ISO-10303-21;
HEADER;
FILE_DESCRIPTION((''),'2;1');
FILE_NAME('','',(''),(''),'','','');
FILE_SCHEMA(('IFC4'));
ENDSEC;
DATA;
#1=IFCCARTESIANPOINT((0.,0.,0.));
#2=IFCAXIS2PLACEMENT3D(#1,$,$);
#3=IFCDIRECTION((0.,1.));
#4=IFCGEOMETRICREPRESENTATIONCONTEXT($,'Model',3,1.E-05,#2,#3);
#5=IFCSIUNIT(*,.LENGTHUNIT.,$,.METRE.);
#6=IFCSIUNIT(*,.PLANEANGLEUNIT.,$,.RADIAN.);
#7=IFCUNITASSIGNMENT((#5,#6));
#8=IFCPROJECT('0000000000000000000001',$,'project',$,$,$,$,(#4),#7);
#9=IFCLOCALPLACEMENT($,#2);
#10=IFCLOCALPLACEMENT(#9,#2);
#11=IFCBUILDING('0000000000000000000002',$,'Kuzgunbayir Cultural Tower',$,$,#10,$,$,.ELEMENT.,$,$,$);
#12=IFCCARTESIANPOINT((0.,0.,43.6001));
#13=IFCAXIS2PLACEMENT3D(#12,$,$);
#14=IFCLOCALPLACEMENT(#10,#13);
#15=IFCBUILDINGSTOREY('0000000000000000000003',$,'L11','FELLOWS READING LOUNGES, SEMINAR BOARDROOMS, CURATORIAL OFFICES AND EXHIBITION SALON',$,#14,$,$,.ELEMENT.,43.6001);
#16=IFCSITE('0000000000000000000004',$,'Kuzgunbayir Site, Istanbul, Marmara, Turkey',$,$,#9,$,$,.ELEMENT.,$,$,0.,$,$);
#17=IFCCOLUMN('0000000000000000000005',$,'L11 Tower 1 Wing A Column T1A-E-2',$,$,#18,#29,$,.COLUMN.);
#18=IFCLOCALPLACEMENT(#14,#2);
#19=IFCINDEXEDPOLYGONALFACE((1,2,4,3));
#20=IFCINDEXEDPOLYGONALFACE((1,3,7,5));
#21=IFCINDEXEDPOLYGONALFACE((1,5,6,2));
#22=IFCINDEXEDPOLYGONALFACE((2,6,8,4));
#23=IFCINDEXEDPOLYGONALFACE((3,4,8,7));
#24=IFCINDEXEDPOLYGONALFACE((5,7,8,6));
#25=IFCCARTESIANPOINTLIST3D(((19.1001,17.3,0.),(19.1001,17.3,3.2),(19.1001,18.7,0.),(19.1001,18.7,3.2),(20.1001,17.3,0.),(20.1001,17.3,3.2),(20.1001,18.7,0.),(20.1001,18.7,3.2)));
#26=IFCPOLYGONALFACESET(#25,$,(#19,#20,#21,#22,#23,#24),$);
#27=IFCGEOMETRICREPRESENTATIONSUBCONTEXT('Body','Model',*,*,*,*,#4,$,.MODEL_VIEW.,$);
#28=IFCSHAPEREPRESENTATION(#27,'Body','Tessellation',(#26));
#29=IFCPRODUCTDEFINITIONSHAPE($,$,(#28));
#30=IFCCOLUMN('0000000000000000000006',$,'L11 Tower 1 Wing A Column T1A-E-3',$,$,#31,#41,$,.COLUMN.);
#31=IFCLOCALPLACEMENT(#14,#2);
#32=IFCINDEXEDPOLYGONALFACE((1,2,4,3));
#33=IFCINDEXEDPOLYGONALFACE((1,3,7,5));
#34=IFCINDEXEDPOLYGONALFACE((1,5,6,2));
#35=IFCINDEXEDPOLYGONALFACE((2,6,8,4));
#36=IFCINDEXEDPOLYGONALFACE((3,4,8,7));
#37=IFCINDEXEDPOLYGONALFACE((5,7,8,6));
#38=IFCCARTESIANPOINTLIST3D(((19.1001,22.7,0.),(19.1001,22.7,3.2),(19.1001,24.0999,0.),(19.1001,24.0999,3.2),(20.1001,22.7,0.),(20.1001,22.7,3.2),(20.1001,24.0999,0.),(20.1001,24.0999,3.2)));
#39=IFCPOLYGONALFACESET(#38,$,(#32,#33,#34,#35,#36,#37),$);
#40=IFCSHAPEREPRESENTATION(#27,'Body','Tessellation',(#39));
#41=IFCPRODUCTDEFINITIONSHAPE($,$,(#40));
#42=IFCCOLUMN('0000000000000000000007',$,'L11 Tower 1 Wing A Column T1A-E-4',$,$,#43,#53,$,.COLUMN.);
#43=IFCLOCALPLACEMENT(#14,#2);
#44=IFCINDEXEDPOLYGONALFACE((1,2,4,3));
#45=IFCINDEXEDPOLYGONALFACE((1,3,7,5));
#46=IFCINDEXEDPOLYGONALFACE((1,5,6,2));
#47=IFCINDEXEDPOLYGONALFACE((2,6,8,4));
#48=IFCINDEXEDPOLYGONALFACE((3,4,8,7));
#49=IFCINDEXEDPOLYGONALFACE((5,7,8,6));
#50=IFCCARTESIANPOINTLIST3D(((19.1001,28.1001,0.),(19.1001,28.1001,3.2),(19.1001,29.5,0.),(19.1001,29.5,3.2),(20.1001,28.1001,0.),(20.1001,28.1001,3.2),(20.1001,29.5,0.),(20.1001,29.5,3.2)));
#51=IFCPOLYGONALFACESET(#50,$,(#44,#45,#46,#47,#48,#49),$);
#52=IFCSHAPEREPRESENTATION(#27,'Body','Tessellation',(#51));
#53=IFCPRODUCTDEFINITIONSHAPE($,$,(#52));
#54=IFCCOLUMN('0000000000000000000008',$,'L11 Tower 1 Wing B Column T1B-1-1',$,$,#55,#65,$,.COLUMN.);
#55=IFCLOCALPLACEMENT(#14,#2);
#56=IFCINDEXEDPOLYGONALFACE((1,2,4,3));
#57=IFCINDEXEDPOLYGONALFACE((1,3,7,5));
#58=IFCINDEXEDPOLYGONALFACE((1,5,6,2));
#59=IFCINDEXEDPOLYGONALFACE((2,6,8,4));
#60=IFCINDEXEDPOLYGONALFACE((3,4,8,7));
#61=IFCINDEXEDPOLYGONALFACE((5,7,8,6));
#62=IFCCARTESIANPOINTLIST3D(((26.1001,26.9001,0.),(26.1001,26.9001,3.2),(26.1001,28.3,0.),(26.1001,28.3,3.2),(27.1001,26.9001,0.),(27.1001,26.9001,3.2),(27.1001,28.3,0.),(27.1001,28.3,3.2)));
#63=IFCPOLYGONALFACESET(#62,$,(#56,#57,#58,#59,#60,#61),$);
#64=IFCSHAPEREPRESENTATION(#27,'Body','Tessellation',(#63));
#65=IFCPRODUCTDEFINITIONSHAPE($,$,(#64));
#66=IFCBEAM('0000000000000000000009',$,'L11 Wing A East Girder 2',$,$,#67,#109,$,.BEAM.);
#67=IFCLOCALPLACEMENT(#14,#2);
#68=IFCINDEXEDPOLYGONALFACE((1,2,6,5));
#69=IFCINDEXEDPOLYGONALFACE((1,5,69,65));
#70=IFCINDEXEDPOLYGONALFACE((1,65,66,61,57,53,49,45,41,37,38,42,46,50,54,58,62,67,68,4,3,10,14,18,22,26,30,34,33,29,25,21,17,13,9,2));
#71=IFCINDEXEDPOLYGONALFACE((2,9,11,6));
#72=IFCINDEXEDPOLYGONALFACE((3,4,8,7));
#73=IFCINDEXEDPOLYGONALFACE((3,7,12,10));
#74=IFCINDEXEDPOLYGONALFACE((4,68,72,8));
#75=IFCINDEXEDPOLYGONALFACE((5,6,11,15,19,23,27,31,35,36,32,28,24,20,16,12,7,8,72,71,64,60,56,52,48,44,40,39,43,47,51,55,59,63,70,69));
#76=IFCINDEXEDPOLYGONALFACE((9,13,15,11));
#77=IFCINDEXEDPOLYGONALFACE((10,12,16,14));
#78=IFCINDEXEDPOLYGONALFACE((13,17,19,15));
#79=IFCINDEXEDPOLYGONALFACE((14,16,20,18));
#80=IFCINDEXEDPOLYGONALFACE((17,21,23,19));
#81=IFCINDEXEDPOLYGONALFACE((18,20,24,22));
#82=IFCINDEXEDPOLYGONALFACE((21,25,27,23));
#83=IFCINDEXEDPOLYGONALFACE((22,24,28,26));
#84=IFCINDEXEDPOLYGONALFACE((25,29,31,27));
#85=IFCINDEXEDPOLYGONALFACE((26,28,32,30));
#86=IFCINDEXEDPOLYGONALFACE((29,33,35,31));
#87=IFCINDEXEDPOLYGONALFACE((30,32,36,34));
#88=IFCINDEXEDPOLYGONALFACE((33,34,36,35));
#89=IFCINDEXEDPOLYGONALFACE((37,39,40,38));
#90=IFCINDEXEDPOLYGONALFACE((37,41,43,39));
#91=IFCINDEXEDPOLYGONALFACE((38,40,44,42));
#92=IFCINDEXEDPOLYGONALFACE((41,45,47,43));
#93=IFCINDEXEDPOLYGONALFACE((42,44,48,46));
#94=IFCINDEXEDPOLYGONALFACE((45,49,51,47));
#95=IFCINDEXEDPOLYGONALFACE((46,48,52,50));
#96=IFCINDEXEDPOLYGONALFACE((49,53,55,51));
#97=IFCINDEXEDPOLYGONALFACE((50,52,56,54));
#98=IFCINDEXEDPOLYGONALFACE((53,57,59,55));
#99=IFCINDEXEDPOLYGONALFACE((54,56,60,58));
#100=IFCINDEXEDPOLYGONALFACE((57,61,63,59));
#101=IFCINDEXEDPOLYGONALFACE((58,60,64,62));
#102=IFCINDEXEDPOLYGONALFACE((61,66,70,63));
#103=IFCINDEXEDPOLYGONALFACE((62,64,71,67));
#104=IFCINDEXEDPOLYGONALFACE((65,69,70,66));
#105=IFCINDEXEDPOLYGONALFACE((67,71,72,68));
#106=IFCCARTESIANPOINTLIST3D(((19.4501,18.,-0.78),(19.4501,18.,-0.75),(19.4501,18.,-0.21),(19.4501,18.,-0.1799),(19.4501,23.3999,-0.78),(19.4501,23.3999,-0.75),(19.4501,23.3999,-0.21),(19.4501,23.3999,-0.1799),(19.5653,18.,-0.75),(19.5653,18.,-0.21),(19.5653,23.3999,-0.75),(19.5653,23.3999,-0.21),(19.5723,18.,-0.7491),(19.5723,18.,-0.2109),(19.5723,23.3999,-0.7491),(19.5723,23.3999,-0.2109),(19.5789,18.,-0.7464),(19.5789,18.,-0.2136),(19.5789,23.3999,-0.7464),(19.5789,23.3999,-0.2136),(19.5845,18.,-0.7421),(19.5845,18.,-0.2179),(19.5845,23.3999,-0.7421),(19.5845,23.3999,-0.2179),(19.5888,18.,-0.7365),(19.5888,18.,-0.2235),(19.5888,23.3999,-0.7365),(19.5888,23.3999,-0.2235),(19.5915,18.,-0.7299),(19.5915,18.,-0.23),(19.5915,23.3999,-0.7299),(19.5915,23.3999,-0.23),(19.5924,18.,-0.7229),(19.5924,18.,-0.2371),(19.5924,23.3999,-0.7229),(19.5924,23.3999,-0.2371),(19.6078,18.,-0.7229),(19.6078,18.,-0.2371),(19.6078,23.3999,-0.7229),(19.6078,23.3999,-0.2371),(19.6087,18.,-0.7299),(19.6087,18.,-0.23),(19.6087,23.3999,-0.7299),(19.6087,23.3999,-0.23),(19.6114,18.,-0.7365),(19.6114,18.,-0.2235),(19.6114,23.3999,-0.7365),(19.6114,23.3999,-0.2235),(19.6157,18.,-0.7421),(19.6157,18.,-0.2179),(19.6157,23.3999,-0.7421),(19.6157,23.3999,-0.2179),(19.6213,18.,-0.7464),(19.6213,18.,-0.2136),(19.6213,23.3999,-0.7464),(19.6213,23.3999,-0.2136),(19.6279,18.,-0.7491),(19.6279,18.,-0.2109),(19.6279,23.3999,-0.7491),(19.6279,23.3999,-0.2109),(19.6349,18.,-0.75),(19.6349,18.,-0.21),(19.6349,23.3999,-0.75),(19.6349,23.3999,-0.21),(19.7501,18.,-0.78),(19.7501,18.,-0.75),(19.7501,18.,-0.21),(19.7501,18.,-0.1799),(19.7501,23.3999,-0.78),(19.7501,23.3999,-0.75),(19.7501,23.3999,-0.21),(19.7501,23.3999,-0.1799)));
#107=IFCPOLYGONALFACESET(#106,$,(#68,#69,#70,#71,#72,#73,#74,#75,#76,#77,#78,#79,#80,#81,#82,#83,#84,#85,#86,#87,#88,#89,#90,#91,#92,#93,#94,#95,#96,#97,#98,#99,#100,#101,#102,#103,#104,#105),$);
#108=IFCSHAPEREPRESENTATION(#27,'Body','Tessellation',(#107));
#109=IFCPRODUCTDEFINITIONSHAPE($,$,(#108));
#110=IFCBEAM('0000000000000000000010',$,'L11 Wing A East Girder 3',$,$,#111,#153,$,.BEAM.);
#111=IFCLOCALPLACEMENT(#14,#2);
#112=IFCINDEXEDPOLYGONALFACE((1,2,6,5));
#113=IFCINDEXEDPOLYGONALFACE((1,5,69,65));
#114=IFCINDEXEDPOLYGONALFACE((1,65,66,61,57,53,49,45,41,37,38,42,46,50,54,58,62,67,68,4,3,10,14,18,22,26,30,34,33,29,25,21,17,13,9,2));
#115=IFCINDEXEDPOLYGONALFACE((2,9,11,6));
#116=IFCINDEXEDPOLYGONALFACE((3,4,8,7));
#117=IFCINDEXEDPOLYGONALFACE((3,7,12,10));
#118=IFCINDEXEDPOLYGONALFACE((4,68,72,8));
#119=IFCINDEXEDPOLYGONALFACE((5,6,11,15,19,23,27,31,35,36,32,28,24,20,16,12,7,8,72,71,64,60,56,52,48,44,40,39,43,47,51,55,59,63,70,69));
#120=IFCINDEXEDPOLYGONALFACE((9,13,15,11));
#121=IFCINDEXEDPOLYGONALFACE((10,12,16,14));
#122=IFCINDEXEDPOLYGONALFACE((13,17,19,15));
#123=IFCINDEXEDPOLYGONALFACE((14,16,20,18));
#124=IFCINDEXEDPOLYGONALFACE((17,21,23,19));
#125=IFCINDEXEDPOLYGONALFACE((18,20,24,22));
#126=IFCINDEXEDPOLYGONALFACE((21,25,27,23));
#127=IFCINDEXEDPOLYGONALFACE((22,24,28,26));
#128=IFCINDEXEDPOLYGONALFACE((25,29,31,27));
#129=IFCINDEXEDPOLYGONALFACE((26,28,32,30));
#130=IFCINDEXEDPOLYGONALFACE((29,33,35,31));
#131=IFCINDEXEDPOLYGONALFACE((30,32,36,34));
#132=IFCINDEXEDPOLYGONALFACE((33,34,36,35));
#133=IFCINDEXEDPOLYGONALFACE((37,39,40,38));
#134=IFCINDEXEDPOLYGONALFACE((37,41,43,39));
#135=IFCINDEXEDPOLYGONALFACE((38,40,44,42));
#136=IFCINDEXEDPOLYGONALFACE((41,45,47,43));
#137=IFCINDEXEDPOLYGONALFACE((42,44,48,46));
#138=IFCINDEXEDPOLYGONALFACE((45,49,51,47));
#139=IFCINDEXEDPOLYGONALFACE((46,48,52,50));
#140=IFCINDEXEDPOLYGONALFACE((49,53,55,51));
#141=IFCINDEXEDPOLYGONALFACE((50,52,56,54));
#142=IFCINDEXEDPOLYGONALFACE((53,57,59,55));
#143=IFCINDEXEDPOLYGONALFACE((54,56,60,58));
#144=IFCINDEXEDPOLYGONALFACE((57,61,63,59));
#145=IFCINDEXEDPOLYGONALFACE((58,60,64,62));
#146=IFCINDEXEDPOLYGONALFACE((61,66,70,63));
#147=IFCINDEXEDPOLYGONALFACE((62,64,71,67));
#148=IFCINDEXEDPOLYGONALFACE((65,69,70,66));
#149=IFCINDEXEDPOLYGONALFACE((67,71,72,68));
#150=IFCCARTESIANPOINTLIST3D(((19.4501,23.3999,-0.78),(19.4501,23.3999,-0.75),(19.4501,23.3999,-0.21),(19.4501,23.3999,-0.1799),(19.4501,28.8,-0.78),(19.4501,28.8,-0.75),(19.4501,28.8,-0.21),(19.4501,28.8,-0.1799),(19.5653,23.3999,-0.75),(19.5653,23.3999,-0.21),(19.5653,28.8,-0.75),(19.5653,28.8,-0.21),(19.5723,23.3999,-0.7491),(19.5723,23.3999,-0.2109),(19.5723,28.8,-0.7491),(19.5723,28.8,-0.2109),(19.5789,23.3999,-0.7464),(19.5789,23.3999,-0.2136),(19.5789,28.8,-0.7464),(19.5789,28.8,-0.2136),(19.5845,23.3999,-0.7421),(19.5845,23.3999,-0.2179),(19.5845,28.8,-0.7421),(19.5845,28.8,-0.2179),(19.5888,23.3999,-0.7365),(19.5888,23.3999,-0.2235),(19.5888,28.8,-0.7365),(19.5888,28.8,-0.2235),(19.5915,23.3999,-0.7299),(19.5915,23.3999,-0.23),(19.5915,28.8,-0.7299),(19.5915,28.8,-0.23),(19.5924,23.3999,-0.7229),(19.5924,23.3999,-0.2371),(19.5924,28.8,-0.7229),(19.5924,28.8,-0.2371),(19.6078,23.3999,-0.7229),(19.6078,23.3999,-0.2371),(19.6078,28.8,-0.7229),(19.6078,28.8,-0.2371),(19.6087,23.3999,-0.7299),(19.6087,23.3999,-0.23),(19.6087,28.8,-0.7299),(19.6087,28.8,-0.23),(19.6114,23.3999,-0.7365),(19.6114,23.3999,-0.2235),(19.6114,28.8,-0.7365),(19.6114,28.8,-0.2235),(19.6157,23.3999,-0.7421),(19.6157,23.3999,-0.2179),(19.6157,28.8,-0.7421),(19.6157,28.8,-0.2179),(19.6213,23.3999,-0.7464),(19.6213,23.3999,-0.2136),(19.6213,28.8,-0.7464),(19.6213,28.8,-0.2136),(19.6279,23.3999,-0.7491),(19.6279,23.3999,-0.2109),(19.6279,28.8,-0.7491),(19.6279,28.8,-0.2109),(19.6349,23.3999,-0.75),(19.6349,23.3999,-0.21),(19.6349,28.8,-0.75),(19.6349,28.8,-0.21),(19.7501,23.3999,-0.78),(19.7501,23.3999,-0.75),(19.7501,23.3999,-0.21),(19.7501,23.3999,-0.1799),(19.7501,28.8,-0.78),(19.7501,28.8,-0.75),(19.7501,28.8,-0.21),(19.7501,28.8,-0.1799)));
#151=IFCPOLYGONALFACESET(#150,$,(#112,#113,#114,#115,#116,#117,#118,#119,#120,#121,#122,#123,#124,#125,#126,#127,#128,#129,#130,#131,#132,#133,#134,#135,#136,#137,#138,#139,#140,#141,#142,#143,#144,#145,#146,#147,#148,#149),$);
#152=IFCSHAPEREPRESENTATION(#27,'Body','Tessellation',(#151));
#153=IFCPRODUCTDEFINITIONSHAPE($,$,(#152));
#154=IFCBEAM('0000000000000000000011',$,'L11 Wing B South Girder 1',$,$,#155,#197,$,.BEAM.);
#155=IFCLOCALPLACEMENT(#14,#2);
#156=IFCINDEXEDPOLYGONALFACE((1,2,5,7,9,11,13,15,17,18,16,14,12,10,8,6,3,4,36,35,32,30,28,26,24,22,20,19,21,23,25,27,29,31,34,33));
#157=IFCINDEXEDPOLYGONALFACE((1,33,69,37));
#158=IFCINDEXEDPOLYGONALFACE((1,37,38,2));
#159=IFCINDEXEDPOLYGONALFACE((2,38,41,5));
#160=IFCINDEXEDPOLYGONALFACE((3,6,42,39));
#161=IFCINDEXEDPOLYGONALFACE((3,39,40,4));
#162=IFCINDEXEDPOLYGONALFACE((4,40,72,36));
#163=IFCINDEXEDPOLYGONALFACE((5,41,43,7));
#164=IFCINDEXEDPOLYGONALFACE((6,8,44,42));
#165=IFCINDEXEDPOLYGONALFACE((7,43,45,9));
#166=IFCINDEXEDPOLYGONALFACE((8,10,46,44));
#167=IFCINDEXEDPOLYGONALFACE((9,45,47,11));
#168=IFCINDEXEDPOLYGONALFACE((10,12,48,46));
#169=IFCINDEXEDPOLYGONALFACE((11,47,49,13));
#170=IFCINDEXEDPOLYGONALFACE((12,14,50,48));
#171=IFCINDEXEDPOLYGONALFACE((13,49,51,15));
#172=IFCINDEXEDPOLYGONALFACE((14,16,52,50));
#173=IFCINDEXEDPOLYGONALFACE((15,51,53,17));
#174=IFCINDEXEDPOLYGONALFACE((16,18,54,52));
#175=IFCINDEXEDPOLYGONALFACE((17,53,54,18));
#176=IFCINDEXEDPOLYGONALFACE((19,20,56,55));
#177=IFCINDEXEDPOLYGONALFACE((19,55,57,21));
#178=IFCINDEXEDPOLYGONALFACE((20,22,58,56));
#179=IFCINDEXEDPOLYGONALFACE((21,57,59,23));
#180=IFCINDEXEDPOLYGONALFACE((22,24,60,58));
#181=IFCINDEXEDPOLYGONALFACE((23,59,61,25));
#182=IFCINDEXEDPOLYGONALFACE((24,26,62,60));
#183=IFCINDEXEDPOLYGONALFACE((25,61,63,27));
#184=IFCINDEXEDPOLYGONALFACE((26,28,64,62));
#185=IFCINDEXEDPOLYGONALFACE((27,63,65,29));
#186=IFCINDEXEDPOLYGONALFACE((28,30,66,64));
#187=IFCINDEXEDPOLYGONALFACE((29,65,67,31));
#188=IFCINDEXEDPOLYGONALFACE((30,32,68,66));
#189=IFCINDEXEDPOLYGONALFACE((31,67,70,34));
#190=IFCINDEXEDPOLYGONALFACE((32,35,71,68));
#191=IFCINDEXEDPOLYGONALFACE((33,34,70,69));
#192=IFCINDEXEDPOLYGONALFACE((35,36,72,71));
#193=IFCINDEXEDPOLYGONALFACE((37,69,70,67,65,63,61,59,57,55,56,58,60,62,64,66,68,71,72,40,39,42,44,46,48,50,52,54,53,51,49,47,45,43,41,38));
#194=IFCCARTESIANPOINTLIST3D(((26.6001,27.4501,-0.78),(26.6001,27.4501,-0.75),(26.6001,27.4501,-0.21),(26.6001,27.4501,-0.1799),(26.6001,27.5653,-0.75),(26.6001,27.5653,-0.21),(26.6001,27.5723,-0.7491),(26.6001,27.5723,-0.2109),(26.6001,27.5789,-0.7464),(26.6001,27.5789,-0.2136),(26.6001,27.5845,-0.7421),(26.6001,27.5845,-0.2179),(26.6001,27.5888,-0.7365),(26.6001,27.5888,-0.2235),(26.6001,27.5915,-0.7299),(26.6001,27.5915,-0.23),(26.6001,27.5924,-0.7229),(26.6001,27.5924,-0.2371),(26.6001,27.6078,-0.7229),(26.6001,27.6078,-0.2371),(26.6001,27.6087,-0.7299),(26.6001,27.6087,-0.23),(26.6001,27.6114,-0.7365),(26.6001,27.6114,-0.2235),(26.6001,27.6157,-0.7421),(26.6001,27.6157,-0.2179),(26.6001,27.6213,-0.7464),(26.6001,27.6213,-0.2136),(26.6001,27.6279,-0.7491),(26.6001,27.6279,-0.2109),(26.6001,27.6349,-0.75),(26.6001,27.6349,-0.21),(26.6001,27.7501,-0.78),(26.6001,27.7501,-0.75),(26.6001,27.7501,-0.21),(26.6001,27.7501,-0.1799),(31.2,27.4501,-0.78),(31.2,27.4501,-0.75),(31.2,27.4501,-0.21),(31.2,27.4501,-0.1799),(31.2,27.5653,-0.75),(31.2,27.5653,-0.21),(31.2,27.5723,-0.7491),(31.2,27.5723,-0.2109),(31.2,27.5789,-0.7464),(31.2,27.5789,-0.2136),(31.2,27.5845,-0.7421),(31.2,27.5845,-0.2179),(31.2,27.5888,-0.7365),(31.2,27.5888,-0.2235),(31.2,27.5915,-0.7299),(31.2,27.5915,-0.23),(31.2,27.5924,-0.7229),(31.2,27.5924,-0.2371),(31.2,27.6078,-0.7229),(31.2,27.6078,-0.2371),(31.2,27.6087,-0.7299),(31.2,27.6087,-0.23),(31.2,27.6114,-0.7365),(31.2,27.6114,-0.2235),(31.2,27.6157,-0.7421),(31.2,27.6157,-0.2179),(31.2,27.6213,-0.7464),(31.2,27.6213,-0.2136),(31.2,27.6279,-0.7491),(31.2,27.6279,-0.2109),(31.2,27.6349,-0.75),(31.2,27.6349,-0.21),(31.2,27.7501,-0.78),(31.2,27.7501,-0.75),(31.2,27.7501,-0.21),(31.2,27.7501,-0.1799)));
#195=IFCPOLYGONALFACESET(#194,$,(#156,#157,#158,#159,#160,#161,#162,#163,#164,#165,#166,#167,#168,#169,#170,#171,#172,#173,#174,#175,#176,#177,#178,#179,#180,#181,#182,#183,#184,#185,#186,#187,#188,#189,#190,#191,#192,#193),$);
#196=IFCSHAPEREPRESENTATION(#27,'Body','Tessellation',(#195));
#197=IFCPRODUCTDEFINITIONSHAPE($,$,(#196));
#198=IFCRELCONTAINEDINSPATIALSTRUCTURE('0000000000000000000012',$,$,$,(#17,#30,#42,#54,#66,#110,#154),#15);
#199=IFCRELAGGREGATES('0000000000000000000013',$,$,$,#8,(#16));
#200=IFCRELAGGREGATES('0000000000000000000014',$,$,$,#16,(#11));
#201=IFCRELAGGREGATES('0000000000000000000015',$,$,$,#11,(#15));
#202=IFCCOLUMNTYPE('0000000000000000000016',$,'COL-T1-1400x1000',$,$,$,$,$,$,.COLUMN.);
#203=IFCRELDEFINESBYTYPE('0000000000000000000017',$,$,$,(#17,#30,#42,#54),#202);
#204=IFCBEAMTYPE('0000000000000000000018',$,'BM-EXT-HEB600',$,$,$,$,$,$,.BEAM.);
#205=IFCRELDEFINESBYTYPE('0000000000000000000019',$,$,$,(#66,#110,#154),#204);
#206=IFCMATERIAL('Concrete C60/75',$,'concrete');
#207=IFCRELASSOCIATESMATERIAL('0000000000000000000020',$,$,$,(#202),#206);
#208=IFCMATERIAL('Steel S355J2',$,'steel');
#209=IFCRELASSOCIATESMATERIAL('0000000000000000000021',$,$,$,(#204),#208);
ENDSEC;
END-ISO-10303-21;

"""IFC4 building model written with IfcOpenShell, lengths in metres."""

from ifc_helpers import new_model, si_unit, direction, frame, origin, origin_2d, place, context, subcontext, project, spatial, rectangle, i_section, extrude, material, material_profile, profile_set, type_object, element, save


model = new_model("IFC4")

# Units and contexts
model_context = context("Model", 3, precision=1e-05, world=origin(), true_north=direction((0.0, 1.0)))
body_context = subcontext(model_context, "Body", "Model", "MODEL_VIEW")
ifc_project = project(units=[si_unit("LENGTHUNIT", "METRE"), si_unit("PLANEANGLEUNIT", "RADIAN")], contexts=[model_context])

# Site, building, storey
site_placement = place(None, origin())
site = spatial("IfcSite", under=ifc_project, at=site_placement, Name="Kuzgunbayir Site, Istanbul, Marmara, Turkey", CompositionType="ELEMENT", RefElevation=0.0)
building_placement = place(site_placement, origin())
building = spatial("IfcBuilding", under=site, at=building_placement, Name="Kuzgunbayir Cultural Tower", CompositionType="ELEMENT")
storey_placement = place(building_placement, frame((0.0, 0.0, 43.6001)))
storey = spatial("IfcBuildingStorey", under=building, at=storey_placement, Name="L11", Description="FELLOWS READING LOUNGES, SEMINAR BOARDROOMS, CURATORIAL OFFICES AND EXHIBITION SALON", CompositionType="ELEMENT", Elevation=43.6001)

# Columns
ifc_material_1 = material(Name="Concrete C60/75", Category="concrete")
ifc_material_profile_1 = material_profile(ifc_material_1, rectangle(XDim=1.0, YDim=1.3999, at=origin_2d()), Name="RC 1400x1000")
ifc_profile_set_1 = profile_set([ifc_material_profile_1], Name="Concrete C60/75")
column_type = type_object("IfcColumnType", Name="COL-T1-1400x1000", PredefinedType="COLUMN", material=ifc_profile_set_1)
for number, where, z_axis, x_axis, name in (
    (1, (19.6001, 18.0, 0.0), (0.0, 0.0, 1.0), (1.0, 0.0, 0.0), "L11 Tower 1 Wing A Column T1A-E-2"),
    (2, (19.6001, 23.3999, 0.0), (0.0, 0.0, 1.0), (1.0, 0.0, 0.0), "L11 Tower 1 Wing A Column T1A-E-3"),
    (3, (19.6001, 28.8, 0.0), (0.0, 0.0, 1.0), (1.0, 0.0, 0.0), "L11 Tower 1 Wing A Column T1A-E-4"),
    (4, (26.6001, 27.6001, 0.0), (0.0, 0.0, 1.0), (1.0, 0.0, 0.0), "L11 Tower 1 Wing B Column T1B-1-1"),
):
    element("IfcColumn", number, at=place(storey_placement, frame(where, z_axis=z_axis, x_axis=x_axis)), inside=storey, type_object=column_type, Name=name, PredefinedType="COLUMN", context=body_context, shape_type="SweptSolid", body=[
        extrude(rectangle(XDim=1.0, YDim=1.3999, at=origin_2d()), origin(), (0.0, 0.0, 1.0), 3.2),
    ])

# Beams
ifc_material_2 = material(Name="Steel S355J2", Category="steel")
ifc_material_profile_2 = material_profile(ifc_material_2, i_section(OverallWidth=0.3, OverallDepth=0.6001, WebThickness=0.0154, FlangeThickness=0.03, FilletRadius=0.0271, at=origin_2d()), Name="HEB 600")
ifc_profile_set_2 = profile_set([ifc_material_profile_2], Name="Steel S355J2")
beam_type_1 = type_object("IfcBeamType", Name="BM-EXT-HEB600", PredefinedType="BEAM", material=ifc_profile_set_2)
beam_1_placement = place(storey_placement, frame((19.6001, 18.0, -0.48), z_axis=(0.0, 1.0, 0.0), x_axis=(-1.0, 0.0, 0.0)))
element("IfcBeam", 5, at=beam_1_placement, inside=storey, type_object=beam_type_1, Name="L11 Wing A East Girder 2", PredefinedType="BEAM", context=body_context, shape_type="SweptSolid", body=[
    extrude(i_section(OverallWidth=0.3, OverallDepth=0.6001, WebThickness=0.0154, FlangeThickness=0.03, FilletRadius=0.0271, at=origin_2d()), origin(), (0.0, 0.0, 1.0), 5.3999),
])
beam_2_placement = place(storey_placement, frame((19.6001, 23.3999, -0.48), z_axis=(0.0, 1.0, 0.0), x_axis=(-1.0, 0.0, 0.0)))
element("IfcBeam", 6, at=beam_2_placement, inside=storey, type_object=beam_type_1, Name="L11 Wing A East Girder 3", PredefinedType="BEAM", context=body_context, shape_type="SweptSolid", body=[
    extrude(i_section(OverallWidth=0.3, OverallDepth=0.6001, WebThickness=0.0154, FlangeThickness=0.03, FilletRadius=0.0271, at=origin_2d()), origin(), (0.0, 0.0, 1.0), 5.4001),
])
beam_3_placement = place(storey_placement, frame((26.6001, 27.6001, -0.48), z_axis=(1.0, 0.0, 0.0), x_axis=(0.0, 1.0, 0.0)))
element("IfcBeam", 7, at=beam_3_placement, inside=storey, type_object=beam_type_1, Name="L11 Wing B South Girder 1", PredefinedType="BEAM", context=body_context, shape_type="SweptSolid", body=[
    extrude(i_section(OverallWidth=0.3, OverallDepth=0.6001, WebThickness=0.0154, FlangeThickness=0.03, FilletRadius=0.0271, at=origin_2d()), origin(), (0.0, 0.0, 1.0), 4.5999),
])

save(model, "model.ifc")
